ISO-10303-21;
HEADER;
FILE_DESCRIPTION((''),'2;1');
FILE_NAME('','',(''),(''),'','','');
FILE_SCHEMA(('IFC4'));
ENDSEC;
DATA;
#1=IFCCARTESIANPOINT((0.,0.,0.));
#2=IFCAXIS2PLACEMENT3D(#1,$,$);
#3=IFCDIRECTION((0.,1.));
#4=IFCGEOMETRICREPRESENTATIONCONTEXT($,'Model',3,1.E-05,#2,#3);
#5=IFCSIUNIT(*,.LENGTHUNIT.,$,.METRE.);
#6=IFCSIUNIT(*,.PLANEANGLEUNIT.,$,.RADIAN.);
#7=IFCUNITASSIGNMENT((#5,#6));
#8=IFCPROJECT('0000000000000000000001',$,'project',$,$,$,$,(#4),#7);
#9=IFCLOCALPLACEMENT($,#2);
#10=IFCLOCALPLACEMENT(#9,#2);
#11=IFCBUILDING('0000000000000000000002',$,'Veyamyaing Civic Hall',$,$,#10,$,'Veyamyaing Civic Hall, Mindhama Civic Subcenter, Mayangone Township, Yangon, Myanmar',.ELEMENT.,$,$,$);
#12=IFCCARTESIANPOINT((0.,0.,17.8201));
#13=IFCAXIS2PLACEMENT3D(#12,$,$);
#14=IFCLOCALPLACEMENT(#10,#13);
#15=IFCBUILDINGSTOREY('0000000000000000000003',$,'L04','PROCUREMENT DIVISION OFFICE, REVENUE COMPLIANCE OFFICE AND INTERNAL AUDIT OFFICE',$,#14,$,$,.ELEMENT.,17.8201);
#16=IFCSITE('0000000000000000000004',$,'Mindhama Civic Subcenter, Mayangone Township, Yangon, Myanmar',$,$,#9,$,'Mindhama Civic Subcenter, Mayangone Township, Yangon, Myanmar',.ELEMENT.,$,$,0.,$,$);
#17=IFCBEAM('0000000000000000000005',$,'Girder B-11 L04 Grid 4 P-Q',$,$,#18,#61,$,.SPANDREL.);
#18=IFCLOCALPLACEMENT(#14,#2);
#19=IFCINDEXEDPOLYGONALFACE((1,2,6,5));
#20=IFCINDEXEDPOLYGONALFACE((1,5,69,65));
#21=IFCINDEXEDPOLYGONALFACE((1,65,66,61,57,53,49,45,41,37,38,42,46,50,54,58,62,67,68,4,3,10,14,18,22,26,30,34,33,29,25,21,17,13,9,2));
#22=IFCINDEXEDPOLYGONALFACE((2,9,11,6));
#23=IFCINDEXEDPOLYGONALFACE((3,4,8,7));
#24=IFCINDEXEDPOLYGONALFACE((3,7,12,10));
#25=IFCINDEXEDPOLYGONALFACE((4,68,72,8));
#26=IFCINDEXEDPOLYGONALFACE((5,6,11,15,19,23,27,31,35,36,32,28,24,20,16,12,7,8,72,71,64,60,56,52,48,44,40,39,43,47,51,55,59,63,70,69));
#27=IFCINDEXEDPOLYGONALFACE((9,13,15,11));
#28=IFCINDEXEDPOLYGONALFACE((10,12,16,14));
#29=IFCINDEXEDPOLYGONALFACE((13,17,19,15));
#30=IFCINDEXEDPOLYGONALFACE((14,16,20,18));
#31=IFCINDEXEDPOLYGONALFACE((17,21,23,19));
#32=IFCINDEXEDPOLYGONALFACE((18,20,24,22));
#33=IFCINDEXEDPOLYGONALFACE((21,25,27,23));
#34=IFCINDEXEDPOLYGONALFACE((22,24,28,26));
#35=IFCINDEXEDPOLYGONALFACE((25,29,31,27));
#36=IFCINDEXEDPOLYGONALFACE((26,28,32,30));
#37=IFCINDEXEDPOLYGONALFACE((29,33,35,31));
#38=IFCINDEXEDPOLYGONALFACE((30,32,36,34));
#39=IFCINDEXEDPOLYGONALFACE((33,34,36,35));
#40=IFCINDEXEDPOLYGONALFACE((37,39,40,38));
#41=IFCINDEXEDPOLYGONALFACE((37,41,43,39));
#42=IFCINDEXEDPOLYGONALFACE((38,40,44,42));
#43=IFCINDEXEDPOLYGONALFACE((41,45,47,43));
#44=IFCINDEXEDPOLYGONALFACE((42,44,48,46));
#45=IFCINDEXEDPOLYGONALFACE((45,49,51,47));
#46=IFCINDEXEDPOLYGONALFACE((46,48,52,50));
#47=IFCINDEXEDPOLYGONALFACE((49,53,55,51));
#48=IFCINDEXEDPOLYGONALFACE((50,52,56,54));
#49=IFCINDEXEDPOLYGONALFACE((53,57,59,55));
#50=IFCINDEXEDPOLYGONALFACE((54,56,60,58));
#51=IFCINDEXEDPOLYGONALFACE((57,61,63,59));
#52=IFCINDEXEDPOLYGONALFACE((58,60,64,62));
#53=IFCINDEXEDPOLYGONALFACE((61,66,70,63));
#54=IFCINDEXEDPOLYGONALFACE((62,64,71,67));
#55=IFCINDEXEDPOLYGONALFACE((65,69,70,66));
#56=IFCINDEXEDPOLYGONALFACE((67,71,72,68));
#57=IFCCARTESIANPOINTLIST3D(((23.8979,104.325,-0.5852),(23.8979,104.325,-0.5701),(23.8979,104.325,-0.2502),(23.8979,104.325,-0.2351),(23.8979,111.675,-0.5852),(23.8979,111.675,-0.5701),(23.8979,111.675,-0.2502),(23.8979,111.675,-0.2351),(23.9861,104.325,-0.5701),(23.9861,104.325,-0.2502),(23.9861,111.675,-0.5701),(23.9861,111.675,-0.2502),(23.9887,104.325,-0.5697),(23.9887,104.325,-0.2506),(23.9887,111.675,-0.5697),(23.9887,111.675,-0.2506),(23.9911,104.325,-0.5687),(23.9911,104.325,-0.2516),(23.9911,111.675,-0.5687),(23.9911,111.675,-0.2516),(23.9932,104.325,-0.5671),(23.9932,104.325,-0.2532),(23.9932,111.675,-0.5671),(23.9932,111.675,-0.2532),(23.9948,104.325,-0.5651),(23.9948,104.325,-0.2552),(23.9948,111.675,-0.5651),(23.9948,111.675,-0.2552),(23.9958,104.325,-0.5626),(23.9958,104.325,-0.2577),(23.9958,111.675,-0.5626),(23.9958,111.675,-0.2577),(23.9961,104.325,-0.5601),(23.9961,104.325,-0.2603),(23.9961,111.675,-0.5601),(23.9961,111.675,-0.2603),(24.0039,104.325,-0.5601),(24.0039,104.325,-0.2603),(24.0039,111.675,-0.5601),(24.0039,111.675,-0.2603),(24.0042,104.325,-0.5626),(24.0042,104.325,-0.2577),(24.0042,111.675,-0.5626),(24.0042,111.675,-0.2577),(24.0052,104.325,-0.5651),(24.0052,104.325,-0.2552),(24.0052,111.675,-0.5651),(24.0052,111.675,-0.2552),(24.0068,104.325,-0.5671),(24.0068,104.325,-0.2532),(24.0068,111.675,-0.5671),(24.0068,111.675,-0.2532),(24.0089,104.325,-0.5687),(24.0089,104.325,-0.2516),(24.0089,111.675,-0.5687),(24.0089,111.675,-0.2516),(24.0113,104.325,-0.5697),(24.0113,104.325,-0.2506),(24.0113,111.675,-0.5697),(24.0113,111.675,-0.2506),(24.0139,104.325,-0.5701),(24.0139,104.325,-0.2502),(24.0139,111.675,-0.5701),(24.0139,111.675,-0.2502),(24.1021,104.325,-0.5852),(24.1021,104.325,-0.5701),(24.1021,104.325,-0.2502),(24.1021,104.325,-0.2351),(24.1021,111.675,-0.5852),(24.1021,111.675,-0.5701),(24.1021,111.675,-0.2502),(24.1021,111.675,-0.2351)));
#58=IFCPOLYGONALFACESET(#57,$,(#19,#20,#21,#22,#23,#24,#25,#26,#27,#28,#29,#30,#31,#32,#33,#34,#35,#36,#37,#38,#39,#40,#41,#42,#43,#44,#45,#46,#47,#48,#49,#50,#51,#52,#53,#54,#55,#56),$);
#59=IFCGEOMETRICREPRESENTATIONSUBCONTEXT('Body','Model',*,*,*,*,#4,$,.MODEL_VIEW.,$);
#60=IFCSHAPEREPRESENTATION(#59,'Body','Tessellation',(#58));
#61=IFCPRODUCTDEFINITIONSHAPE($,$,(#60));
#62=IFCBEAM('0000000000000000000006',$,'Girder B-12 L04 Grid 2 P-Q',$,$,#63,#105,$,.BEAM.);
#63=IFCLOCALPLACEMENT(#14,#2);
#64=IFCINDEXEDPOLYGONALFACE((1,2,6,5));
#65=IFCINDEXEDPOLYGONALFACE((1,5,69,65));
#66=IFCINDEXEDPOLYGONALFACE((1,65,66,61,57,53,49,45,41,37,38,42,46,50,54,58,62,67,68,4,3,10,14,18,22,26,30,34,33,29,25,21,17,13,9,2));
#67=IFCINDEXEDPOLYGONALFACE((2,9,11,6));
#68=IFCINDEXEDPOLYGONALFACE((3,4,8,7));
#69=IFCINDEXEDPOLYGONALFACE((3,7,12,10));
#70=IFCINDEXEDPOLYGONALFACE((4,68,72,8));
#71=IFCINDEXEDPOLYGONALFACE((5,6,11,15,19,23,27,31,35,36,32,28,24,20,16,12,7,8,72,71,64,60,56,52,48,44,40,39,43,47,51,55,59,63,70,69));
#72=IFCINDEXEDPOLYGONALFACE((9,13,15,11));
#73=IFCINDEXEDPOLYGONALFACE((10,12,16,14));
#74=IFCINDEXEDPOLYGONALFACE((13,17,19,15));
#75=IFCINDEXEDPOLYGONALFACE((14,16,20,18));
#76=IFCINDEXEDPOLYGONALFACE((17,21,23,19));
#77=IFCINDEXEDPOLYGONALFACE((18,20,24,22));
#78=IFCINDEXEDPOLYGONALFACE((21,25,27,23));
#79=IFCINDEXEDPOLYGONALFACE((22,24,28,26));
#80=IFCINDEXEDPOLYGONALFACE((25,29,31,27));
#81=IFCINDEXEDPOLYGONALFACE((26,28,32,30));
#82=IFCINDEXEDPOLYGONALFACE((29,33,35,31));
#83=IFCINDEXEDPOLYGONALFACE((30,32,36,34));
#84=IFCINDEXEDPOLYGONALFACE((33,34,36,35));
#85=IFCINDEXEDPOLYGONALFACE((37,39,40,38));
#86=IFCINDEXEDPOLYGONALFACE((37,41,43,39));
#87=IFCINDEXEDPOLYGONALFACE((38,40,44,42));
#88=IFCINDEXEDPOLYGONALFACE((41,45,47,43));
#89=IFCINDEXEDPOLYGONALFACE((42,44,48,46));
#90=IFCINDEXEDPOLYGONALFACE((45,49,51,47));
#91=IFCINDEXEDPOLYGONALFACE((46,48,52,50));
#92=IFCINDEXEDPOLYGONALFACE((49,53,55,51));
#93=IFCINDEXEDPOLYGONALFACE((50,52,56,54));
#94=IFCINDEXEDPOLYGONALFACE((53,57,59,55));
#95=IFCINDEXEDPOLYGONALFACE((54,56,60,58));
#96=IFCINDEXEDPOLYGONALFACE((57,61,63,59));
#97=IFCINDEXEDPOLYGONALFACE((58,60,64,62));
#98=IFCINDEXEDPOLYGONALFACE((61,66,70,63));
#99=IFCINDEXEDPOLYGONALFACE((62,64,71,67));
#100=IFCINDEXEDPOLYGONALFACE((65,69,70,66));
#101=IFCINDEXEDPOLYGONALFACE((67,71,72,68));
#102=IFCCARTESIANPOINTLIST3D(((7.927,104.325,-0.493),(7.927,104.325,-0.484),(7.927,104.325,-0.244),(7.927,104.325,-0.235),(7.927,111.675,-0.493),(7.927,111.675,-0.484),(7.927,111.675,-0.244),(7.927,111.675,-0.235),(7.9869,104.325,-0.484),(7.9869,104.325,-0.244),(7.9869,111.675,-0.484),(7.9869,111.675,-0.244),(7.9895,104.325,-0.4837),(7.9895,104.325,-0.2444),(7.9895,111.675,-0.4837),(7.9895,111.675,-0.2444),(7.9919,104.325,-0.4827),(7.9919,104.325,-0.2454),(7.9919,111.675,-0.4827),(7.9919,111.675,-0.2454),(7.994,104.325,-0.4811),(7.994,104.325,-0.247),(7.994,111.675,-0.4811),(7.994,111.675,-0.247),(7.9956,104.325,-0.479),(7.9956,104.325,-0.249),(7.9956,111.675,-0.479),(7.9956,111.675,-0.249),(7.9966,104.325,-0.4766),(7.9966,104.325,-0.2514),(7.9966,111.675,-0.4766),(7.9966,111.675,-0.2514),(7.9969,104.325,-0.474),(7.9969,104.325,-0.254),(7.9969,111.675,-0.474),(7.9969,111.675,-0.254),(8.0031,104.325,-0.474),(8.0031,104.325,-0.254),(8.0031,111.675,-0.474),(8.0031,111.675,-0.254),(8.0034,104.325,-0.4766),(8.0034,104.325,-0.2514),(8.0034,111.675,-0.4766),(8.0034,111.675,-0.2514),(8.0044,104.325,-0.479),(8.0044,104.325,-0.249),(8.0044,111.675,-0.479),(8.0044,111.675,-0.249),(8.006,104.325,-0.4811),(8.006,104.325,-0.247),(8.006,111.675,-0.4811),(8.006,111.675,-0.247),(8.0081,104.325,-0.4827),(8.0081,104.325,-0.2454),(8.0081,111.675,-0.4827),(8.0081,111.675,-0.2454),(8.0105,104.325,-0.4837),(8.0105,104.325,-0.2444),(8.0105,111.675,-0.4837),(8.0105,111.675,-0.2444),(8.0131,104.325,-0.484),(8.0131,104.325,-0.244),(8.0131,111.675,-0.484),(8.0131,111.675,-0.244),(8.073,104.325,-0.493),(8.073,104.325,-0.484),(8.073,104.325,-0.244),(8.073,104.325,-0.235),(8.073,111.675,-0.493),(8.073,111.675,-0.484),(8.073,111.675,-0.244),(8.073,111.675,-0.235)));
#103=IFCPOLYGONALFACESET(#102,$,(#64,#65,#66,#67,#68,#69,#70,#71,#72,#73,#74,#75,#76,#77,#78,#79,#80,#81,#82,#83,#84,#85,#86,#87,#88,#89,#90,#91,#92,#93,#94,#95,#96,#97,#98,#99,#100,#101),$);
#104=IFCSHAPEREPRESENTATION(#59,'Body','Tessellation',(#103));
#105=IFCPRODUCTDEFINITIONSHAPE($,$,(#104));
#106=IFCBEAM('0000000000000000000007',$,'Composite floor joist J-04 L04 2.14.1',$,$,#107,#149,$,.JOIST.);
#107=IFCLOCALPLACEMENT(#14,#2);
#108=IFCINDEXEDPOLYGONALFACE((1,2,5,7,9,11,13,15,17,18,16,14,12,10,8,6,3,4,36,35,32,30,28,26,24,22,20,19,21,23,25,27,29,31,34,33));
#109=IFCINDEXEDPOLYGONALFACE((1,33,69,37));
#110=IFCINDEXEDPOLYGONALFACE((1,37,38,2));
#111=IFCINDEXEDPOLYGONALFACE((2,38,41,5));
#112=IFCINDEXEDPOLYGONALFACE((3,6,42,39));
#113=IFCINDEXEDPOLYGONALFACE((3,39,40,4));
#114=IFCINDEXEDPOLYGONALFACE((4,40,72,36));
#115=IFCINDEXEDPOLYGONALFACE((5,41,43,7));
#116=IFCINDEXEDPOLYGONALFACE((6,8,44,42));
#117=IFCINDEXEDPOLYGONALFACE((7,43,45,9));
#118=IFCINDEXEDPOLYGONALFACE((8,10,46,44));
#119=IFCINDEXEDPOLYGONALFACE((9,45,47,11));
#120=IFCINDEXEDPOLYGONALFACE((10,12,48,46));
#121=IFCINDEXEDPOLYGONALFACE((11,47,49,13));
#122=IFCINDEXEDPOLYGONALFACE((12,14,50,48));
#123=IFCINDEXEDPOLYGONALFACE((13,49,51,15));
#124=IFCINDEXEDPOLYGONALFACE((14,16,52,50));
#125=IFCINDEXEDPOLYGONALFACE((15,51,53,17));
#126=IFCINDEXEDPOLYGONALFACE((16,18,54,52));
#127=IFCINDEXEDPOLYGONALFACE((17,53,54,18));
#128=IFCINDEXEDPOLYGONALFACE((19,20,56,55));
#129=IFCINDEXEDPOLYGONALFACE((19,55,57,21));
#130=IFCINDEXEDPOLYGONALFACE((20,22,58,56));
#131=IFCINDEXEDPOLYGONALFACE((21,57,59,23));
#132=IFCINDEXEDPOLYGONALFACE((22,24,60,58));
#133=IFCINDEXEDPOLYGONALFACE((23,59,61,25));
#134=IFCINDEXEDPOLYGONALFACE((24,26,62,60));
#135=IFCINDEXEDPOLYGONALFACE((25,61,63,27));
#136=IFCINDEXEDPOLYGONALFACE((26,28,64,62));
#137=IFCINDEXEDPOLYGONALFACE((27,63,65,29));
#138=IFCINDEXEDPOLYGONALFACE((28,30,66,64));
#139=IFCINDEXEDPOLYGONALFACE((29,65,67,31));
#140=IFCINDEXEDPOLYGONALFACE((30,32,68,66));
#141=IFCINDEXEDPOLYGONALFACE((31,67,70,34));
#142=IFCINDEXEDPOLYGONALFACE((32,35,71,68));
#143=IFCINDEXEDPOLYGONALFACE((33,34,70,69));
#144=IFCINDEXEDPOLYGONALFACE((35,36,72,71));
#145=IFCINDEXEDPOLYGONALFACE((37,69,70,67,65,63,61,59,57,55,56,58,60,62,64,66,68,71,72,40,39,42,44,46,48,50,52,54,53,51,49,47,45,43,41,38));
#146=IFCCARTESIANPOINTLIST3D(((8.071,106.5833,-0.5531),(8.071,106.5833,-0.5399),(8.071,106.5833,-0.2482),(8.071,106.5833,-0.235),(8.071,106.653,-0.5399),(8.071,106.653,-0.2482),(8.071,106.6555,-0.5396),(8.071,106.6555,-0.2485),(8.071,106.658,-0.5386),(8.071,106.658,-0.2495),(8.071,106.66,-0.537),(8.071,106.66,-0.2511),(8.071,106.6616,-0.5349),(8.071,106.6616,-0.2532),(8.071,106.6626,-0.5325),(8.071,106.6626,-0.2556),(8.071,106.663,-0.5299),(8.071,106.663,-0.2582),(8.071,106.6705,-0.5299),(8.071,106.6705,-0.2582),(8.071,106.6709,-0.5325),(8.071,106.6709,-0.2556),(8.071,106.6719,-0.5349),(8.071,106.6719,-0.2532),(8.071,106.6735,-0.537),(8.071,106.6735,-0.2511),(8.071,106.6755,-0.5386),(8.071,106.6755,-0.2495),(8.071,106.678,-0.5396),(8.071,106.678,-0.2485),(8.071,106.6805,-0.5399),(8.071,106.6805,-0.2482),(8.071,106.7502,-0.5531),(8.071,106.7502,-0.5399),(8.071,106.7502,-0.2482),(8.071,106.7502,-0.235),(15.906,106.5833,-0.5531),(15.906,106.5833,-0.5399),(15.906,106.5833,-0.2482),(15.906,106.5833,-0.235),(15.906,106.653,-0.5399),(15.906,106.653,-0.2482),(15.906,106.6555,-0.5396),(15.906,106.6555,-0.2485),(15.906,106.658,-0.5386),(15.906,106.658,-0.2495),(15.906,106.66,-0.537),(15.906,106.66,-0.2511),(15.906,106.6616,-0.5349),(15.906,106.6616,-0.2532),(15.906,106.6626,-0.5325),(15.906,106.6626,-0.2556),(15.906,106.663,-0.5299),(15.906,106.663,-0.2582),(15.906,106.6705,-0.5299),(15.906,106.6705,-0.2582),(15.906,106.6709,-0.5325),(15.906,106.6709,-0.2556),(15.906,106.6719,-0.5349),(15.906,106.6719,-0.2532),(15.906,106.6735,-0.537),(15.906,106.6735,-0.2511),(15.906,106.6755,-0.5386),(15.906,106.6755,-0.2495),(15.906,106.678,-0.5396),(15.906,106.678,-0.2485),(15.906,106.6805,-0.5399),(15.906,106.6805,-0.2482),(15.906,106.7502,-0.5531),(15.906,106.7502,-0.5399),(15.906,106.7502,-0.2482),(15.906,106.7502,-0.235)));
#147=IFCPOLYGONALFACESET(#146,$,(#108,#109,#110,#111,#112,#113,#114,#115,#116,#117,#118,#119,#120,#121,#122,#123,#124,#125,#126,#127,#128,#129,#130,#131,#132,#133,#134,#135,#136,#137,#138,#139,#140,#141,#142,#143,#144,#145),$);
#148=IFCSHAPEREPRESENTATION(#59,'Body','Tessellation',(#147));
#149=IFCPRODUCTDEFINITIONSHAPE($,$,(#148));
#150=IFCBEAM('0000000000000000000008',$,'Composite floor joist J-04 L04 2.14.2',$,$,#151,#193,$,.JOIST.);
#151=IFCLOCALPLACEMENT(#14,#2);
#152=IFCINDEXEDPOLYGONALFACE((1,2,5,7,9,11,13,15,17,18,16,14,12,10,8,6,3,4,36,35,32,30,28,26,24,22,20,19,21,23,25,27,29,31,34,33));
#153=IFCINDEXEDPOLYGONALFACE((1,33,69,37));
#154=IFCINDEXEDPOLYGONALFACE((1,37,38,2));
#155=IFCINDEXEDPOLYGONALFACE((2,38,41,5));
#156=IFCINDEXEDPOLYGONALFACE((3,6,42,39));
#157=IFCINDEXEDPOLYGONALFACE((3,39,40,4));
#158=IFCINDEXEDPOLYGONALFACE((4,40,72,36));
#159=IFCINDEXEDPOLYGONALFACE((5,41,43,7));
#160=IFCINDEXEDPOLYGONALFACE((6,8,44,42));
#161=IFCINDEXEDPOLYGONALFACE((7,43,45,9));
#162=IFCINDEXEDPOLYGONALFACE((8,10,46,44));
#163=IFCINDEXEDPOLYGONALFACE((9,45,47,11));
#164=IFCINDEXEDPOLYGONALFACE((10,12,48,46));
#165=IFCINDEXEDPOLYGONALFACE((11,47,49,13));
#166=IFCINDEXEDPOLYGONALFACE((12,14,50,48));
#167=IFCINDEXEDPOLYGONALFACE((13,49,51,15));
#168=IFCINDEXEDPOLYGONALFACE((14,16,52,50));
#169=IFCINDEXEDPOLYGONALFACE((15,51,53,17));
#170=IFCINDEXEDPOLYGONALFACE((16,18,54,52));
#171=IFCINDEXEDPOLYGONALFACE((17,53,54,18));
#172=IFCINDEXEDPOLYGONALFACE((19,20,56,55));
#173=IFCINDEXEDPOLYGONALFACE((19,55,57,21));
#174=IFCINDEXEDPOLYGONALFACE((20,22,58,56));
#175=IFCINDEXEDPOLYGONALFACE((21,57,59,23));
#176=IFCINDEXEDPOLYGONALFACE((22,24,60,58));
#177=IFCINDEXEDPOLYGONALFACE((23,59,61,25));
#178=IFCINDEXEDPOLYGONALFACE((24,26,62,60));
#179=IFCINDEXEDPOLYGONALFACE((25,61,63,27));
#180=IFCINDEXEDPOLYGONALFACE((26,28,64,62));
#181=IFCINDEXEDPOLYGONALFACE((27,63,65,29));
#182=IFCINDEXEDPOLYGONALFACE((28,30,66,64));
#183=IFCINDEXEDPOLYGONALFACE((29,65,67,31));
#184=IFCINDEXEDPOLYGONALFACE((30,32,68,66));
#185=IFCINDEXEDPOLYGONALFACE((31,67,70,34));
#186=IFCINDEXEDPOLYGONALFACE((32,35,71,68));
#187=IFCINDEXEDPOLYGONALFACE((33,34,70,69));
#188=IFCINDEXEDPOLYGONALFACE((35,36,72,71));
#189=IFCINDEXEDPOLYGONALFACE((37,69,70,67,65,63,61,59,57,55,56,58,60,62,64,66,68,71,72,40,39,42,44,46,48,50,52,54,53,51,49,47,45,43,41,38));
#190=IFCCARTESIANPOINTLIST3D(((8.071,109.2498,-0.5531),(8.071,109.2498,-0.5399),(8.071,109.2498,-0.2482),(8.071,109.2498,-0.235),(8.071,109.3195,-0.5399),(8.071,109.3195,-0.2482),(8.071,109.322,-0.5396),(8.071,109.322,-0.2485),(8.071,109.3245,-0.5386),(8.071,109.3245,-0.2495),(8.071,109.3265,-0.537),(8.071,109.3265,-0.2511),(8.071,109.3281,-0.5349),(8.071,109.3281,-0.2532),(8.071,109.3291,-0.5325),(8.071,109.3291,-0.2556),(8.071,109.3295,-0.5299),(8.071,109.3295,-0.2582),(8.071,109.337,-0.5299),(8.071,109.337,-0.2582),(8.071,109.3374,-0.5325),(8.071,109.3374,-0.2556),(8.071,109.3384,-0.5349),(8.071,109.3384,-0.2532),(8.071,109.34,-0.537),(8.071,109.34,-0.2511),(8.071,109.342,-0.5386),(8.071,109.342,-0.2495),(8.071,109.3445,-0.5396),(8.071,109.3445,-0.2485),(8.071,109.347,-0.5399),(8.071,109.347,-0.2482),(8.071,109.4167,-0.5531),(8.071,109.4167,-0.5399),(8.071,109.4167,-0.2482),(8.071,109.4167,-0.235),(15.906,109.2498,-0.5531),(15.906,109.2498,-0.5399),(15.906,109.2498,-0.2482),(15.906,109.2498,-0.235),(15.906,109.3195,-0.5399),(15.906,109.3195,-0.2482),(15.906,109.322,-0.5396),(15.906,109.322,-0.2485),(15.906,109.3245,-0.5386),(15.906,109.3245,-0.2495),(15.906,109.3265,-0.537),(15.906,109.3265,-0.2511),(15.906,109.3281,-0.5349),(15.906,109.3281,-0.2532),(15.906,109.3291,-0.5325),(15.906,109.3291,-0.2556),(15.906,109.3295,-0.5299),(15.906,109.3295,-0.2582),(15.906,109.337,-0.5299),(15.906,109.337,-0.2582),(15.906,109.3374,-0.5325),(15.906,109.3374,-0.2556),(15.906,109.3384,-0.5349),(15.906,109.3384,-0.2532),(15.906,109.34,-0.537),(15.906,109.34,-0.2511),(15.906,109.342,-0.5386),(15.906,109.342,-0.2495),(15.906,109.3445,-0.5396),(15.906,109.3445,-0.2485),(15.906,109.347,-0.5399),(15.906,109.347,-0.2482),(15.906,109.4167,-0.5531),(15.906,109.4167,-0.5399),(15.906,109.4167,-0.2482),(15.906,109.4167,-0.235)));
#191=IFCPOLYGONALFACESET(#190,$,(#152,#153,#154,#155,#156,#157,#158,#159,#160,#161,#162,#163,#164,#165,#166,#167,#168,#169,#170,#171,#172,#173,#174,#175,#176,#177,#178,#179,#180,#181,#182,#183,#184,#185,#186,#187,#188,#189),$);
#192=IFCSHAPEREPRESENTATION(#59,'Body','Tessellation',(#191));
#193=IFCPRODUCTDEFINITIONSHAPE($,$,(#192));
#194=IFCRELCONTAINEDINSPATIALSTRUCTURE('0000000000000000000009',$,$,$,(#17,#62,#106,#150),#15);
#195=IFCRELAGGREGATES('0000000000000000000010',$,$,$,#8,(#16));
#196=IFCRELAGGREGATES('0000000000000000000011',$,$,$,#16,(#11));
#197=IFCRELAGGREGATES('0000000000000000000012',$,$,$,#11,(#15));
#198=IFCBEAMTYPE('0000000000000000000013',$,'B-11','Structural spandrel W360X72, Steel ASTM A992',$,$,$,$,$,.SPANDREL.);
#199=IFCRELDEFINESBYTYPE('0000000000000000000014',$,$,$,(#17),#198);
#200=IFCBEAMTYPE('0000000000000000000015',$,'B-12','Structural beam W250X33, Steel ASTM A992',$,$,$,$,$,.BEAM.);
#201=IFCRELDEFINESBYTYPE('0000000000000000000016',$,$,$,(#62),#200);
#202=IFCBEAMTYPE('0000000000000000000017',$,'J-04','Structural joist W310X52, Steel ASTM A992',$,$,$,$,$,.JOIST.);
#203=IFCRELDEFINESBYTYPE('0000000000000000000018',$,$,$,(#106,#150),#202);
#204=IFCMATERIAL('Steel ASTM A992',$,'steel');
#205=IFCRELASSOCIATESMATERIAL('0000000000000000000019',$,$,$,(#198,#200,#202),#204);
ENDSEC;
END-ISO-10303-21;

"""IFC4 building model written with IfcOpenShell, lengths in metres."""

from ifc_helpers import new_model, si_unit, direction, frame, origin, origin_2d, place, context, subcontext, project, spatial, i_section, extrude, material, material_profile, profile_set, type_object, element, save


model = new_model("IFC4")

# Units and contexts
model_context = context("Model", 3, precision=1e-05, world=origin(), true_north=direction((0.0, 1.0)))
body_context = subcontext(model_context, "Body", "Model", "MODEL_VIEW")
ifc_project = project(units=[si_unit("LENGTHUNIT", "METRE"), si_unit("PLANEANGLEUNIT", "RADIAN")], contexts=[model_context])

# Site, building, storey
site_placement = place(None, origin())
site = spatial("IfcSite", under=ifc_project, at=site_placement, Name="Mindhama Civic Subcenter, Mayangone Township, Yangon, Myanmar", LongName="Mindhama Civic Subcenter, Mayangone Township, Yangon, Myanmar", CompositionType="ELEMENT", RefElevation=0.0)
building_placement = place(site_placement, origin())
building = spatial("IfcBuilding", under=site, at=building_placement, Name="Veyamyaing Civic Hall", LongName="Veyamyaing Civic Hall, Mindhama Civic Subcenter, Mayangone Township, Yangon, Myanmar", CompositionType="ELEMENT")
storey_placement = place(building_placement, frame((0.0, 0.0, 17.8201)))
storey = spatial("IfcBuildingStorey", under=building, at=storey_placement, Name="L04", Description="PROCUREMENT DIVISION OFFICE, REVENUE COMPLIANCE OFFICE AND INTERNAL AUDIT OFFICE", CompositionType="ELEMENT", Elevation=17.8201)

# Beams
ifc_material_1 = material(Name="Steel ASTM A992", Category="steel")
ifc_material_profile_1 = material_profile(ifc_material_1, i_section(OverallWidth=0.2041, OverallDepth=0.3501, WebThickness=0.0078, FlangeThickness=0.0151, FilletRadius=0.01, at=origin_2d()), Name="W360X72")
ifc_profile_set_1 = profile_set([ifc_material_profile_1], Name="Steel ASTM A992")
beam_type_1 = type_object("IfcBeamType", Name="B-11", Description="Structural spandrel W360X72, Steel ASTM A992", PredefinedType="SPANDREL", material=ifc_profile_set_1)
for number, where, z_axis, x_axis, name in (
    (1, (24.0, 104.325, -0.4102), (0.0, 1.0, 0.0), (-1.0, 0.0, 0.0), "Girder B-11 L04 Grid 4 P-Q"),
):
    element("IfcBeam", number, at=place(storey_placement, frame(where, z_axis=z_axis, x_axis=x_axis)), inside=storey, type_object=beam_type_1, Name=name, PredefinedType="SPANDREL", context=body_context, shape_type="SweptSolid", body=[
        extrude(i_section(OverallWidth=0.2041, OverallDepth=0.3501, WebThickness=0.0078, FlangeThickness=0.0151, FilletRadius=0.01, at=origin_2d()), origin(), (0.0, 0.0, 1.0), 7.3501),
    ])
ifc_material_profile_2 = material_profile(ifc_material_1, i_section(OverallWidth=0.146, OverallDepth=0.2581, WebThickness=0.0061, FlangeThickness=0.009, FilletRadius=0.01, at=origin_2d()), Name="W250X33")
ifc_profile_set_2 = profile_set([ifc_material_profile_2], Name="Steel ASTM A992")
beam_type_2 = type_object("IfcBeamType", Name="B-12", Description="Structural beam W250X33, Steel ASTM A992", PredefinedType="BEAM", material=ifc_profile_set_2)
beam_1_placement = place(storey_placement, frame((8.0, 104.325, -0.364), z_axis=(0.0, 1.0, 0.0), x_axis=(-1.0, 0.0, 0.0)))
element("IfcBeam", 2, at=beam_1_placement, inside=storey, type_object=beam_type_2, Name="Girder B-12 L04 Grid 2 P-Q", PredefinedType="BEAM", context=body_context, shape_type="SweptSolid", body=[
    extrude(i_section(OverallWidth=0.146, OverallDepth=0.2581, WebThickness=0.0061, FlangeThickness=0.009, FilletRadius=0.01, at=origin_2d()), origin(), (0.0, 0.0, 1.0), 7.3501),
])
ifc_material_profile_3 = material_profile(ifc_material_1, i_section(OverallWidth=0.167, OverallDepth=0.3181, WebThickness=0.0076, FlangeThickness=0.0132, FilletRadius=0.01, at=origin_2d()), Name="W310X52")
ifc_profile_set_3 = profile_set([ifc_material_profile_3], Name="Steel ASTM A992")
beam_type_3 = type_object("IfcBeamType", Name="J-04", Description="Structural joist W310X52, Steel ASTM A992", PredefinedType="JOIST", material=ifc_profile_set_3)
for number, where, z_axis, x_axis, name in (
    (3, (8.071, 106.6667, -0.394), (1.0, 0.0, 0.0), (0.0, 1.0, 0.0), "Composite floor joist J-04 L04 2.14.1"),
    (4, (8.071, 109.3333, -0.394), (1.0, 0.0, 0.0), (0.0, 1.0, 0.0), "Composite floor joist J-04 L04 2.14.2"),
):
    element("IfcBeam", number, at=place(storey_placement, frame(where, z_axis=z_axis, x_axis=x_axis)), inside=storey, type_object=beam_type_3, Name=name, PredefinedType="JOIST", context=body_context, shape_type="SweptSolid", body=[
        extrude(i_section(OverallWidth=0.167, OverallDepth=0.3181, WebThickness=0.0076, FlangeThickness=0.0132, FilletRadius=0.01, at=origin_2d()), origin(), (0.0, 0.0, 1.0), 7.835),
    ])

save(model, "model.ifc")
